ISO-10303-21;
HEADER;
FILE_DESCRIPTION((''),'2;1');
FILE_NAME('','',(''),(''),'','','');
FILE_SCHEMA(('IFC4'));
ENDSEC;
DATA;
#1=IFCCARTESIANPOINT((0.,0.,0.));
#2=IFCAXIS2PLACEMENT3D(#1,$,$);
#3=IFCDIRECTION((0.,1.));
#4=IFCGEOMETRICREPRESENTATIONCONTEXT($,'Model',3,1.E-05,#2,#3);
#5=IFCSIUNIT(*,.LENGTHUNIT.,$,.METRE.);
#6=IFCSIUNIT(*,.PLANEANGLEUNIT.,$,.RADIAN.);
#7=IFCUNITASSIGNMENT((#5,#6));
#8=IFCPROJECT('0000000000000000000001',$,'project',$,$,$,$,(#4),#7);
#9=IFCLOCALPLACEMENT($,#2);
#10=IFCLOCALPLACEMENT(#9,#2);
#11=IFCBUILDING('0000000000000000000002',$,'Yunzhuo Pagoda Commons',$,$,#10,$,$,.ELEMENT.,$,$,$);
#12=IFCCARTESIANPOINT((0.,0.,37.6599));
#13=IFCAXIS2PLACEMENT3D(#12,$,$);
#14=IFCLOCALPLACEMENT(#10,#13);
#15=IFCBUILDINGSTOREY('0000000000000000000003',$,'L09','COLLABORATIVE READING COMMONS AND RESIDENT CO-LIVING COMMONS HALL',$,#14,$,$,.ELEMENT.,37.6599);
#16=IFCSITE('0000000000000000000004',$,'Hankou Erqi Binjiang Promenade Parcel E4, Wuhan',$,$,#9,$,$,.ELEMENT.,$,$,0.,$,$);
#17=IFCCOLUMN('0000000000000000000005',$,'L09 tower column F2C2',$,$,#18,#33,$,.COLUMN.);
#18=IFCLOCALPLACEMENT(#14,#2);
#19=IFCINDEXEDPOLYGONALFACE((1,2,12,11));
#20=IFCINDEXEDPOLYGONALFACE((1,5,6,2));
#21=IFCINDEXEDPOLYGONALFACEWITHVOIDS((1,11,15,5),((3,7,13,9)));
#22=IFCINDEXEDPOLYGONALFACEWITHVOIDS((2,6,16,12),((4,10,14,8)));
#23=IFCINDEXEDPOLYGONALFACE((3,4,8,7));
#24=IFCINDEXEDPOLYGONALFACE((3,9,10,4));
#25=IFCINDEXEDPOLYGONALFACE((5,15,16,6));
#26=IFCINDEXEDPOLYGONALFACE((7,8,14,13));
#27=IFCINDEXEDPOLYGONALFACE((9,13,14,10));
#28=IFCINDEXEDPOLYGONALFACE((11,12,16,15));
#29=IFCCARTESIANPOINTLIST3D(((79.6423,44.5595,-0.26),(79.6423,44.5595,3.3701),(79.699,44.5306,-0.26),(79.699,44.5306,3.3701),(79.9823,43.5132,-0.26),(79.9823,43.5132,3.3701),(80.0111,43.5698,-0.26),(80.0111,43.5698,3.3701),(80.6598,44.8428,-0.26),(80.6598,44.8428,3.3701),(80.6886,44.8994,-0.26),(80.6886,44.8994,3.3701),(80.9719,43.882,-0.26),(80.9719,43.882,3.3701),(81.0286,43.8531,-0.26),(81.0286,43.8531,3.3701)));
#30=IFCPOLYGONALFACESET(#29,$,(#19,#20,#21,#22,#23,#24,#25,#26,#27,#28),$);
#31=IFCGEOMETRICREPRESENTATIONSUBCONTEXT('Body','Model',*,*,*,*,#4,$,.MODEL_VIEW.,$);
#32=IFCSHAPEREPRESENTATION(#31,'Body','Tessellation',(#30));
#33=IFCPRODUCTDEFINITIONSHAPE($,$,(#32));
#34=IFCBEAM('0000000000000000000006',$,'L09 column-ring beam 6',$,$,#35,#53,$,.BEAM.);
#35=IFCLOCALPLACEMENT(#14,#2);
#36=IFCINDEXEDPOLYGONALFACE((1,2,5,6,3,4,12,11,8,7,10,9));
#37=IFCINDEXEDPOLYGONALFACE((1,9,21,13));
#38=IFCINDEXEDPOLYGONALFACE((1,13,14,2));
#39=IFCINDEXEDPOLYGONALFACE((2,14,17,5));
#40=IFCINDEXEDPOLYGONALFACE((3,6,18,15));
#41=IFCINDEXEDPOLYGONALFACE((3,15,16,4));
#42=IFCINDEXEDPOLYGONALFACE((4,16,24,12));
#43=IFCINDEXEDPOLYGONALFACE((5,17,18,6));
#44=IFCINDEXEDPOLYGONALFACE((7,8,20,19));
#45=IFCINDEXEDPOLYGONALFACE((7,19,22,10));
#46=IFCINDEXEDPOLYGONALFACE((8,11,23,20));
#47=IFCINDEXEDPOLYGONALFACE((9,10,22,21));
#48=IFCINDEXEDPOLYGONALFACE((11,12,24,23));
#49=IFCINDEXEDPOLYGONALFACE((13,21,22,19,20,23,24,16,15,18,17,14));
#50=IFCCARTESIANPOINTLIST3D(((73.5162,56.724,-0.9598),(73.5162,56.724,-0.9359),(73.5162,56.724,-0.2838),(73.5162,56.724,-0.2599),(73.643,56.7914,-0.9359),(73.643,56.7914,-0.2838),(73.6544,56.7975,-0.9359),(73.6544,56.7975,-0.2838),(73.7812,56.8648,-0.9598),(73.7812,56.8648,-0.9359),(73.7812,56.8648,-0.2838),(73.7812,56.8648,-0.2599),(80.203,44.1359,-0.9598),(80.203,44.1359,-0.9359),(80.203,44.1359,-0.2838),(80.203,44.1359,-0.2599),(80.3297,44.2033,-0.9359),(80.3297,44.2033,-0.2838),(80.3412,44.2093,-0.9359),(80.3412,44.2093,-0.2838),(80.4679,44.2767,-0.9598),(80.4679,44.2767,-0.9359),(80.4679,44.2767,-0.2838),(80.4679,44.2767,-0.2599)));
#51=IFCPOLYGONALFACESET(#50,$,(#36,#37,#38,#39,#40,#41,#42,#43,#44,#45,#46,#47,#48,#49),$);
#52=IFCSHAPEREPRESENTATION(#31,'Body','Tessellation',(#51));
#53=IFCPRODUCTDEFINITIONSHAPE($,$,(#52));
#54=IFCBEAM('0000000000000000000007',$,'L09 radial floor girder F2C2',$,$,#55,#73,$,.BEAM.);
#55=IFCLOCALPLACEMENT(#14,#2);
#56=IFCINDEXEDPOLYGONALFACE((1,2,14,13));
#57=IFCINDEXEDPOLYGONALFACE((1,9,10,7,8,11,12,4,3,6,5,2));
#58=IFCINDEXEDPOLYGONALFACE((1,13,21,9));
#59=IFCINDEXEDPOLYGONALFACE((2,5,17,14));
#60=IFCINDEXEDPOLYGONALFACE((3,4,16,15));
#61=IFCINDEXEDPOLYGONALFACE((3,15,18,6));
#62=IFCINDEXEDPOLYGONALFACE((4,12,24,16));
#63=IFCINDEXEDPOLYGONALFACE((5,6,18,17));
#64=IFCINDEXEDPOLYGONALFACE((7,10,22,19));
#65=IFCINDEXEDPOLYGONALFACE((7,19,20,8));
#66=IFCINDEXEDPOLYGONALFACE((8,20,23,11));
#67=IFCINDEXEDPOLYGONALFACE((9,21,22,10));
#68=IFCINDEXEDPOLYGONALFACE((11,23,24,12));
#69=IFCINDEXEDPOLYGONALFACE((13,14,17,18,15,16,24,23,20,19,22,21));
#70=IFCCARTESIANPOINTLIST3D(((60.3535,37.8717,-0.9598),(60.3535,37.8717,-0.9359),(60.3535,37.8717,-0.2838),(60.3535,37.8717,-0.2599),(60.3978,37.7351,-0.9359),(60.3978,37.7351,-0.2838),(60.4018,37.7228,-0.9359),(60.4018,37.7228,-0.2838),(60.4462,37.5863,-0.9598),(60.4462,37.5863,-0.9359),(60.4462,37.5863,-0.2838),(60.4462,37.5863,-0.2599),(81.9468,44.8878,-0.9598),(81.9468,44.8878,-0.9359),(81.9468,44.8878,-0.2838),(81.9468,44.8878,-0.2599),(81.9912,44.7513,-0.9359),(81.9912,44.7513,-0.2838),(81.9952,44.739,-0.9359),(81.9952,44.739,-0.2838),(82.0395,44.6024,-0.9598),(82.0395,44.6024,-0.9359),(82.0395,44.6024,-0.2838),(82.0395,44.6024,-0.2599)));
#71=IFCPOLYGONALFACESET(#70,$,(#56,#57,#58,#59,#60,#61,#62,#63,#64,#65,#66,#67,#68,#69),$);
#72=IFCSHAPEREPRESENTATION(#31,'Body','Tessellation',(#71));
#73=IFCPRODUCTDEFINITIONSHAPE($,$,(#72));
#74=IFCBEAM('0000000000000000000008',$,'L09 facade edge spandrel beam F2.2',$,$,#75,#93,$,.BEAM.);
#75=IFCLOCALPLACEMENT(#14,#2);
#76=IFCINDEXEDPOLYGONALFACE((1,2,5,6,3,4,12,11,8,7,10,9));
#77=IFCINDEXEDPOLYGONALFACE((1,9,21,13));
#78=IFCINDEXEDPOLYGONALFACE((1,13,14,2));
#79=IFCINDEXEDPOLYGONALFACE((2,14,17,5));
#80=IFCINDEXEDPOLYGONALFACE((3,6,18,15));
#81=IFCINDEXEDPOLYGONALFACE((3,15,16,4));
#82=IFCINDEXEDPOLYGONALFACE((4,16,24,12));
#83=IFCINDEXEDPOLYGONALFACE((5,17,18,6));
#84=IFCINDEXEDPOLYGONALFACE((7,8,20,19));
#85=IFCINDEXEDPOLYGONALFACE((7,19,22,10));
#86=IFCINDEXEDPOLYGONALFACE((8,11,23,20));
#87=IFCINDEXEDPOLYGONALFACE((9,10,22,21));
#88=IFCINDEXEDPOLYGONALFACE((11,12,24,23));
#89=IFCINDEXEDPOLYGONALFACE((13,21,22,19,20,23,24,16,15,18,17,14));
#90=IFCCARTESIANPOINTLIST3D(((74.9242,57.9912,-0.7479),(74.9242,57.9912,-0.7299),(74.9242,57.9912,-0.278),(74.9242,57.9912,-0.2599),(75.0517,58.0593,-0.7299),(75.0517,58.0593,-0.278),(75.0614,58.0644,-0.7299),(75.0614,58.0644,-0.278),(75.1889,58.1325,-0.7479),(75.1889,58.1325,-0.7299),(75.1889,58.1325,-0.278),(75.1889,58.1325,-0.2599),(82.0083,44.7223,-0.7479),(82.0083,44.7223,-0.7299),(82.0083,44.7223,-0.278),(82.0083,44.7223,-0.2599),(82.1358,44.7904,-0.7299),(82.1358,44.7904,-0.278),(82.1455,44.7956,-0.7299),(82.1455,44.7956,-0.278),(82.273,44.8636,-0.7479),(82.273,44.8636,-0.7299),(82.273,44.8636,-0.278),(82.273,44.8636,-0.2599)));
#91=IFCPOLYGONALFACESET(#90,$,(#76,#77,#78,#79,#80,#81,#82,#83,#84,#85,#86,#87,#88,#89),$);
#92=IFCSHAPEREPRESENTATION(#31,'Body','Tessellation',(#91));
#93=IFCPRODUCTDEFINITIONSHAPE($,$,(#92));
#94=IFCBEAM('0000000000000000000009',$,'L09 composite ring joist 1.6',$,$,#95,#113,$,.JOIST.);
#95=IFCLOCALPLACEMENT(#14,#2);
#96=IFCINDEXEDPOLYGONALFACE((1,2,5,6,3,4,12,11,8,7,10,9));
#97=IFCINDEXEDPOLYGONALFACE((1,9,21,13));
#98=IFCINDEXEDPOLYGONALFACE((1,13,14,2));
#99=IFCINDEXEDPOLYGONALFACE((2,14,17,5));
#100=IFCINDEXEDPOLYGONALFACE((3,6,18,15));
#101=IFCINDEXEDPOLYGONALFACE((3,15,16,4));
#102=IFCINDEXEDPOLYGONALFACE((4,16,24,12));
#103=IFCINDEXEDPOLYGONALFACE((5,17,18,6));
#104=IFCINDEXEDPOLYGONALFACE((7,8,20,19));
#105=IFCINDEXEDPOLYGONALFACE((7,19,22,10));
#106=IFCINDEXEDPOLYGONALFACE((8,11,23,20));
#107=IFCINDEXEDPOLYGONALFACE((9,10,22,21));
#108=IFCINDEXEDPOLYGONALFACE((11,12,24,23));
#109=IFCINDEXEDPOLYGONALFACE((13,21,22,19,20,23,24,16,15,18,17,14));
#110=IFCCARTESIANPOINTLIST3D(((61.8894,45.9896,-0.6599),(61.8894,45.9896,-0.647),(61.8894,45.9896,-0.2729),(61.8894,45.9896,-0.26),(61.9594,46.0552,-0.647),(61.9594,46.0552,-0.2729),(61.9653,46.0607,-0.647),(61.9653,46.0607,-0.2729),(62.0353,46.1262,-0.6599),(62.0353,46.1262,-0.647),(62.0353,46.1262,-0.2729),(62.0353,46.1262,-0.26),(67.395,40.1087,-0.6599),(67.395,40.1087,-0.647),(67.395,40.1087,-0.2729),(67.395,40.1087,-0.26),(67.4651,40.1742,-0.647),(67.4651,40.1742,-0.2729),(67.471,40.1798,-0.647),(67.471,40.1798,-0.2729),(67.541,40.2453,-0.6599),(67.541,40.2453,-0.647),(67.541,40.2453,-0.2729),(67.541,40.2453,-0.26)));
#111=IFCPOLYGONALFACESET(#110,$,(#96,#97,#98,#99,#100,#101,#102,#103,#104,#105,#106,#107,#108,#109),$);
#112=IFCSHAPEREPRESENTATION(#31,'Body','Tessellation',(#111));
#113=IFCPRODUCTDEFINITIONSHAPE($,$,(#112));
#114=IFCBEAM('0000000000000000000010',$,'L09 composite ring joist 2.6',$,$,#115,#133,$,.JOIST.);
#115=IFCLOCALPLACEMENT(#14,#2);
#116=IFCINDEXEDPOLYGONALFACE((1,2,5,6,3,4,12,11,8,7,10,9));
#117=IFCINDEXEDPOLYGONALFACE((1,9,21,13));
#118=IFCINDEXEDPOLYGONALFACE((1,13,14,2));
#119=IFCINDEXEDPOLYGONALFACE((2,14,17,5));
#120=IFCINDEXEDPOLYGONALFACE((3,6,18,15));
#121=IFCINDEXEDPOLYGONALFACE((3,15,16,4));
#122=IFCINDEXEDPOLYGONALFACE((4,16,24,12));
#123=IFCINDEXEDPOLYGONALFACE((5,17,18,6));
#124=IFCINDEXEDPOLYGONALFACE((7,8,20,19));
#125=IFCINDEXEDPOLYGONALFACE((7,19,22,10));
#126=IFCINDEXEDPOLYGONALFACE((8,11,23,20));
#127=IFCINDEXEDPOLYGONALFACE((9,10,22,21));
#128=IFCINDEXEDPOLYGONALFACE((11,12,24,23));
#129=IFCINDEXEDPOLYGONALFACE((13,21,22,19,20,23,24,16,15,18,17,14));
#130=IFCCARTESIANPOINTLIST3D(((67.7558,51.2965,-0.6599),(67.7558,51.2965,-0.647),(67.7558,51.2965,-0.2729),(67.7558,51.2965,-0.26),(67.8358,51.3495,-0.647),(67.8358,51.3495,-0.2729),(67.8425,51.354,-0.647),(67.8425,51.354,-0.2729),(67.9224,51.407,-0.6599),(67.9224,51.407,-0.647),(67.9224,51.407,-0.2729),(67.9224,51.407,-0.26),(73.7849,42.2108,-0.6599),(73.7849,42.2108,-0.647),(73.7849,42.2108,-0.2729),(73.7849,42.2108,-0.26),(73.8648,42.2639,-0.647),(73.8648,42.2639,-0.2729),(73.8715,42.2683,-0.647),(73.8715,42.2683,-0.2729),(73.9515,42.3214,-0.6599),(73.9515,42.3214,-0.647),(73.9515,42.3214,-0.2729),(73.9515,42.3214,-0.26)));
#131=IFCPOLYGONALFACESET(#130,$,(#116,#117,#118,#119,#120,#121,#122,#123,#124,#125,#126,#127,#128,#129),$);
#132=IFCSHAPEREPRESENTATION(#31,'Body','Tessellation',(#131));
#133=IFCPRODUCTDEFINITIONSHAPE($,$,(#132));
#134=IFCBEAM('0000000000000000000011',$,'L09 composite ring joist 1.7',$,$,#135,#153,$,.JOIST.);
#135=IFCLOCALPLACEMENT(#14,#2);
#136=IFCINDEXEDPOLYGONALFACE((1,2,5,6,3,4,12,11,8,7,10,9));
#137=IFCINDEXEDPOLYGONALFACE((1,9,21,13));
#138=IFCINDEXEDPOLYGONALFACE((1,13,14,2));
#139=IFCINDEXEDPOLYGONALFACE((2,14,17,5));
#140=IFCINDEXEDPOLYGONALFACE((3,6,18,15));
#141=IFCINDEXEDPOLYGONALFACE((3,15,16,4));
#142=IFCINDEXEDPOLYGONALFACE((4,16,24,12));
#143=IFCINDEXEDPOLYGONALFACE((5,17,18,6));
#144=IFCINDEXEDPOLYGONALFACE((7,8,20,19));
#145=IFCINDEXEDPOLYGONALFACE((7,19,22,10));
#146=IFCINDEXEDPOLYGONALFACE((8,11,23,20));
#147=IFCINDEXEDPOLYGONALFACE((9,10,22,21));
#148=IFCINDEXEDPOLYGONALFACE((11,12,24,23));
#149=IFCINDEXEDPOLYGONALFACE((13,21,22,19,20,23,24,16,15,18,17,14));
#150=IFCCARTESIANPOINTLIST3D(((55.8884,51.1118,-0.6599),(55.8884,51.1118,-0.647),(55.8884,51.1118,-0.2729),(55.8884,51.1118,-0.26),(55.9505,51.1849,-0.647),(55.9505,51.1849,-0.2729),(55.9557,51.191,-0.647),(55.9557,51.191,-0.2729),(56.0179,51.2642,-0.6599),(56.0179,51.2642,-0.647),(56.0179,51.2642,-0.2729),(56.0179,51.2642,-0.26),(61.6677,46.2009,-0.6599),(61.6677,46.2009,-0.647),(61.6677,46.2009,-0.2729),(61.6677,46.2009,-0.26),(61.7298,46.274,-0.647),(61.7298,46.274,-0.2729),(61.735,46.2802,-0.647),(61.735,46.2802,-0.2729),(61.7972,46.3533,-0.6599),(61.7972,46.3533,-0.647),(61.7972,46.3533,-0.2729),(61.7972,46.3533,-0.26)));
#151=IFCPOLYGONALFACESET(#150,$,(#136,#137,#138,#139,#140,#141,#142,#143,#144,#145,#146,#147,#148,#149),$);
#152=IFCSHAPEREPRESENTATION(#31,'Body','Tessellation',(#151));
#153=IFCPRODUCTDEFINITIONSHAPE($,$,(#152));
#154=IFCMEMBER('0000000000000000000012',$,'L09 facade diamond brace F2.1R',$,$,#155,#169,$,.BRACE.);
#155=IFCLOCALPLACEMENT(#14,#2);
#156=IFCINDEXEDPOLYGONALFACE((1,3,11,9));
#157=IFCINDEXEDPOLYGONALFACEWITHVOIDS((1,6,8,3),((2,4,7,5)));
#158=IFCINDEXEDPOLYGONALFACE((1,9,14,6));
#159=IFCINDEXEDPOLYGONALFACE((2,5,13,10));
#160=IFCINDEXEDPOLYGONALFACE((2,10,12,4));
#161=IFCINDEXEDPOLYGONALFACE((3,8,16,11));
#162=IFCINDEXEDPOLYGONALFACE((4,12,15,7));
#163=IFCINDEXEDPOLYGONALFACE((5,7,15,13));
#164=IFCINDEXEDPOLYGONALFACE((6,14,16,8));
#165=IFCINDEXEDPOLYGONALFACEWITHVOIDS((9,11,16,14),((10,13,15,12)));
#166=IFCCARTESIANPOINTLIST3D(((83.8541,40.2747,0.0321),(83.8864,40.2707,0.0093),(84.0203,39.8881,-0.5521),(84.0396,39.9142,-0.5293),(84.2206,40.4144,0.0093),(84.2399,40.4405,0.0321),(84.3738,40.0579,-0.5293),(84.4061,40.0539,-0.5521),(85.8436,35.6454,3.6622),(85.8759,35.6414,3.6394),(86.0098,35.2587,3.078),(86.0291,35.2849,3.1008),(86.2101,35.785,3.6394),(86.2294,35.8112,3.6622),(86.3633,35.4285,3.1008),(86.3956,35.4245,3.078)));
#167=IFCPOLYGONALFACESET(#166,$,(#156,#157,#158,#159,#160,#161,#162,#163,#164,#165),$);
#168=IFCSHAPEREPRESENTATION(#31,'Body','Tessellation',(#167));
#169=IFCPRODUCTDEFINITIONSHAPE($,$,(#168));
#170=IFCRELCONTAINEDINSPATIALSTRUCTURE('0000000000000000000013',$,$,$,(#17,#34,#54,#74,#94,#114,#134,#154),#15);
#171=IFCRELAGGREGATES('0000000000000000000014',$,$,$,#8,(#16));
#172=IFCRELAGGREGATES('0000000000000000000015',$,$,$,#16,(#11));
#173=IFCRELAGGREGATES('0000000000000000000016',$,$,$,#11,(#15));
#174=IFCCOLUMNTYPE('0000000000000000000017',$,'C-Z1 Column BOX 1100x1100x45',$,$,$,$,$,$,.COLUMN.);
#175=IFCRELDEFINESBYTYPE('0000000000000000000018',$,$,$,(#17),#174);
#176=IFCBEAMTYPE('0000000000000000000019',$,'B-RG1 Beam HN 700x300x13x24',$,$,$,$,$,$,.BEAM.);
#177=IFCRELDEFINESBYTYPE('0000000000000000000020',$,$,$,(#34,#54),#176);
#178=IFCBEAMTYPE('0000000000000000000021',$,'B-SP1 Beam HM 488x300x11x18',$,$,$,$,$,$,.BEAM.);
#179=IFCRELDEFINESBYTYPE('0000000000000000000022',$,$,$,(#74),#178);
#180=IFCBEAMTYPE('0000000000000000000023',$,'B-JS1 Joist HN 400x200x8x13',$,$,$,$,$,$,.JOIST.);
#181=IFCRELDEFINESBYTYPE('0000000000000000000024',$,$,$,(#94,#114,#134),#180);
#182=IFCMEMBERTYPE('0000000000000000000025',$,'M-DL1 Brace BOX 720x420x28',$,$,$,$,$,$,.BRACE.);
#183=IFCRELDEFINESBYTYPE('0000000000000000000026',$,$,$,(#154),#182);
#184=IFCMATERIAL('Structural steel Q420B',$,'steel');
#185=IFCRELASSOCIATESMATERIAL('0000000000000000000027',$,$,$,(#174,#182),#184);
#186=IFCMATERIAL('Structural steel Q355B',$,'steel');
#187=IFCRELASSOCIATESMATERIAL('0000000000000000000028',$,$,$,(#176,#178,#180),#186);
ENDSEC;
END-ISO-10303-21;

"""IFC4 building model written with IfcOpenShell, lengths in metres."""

from ifc_helpers import new_model, si_unit, direction, frame, origin, origin_2d, place, context, subcontext, project, spatial, hollow_rectangle, i_section, extrude, source, transform, mapped, material, material_profile, profile_set, type_object, element, save


model = new_model("IFC4")

# Units and contexts
model_context = context("Model", 3, precision=1e-05, world=origin(), true_north=direction((0.0, 1.0)))
body_context = subcontext(model_context, "Body", "Model", "MODEL_VIEW")
ifc_project = project(units=[si_unit("LENGTHUNIT", "METRE"), si_unit("PLANEANGLEUNIT", "RADIAN")], contexts=[model_context])

# Site, building, storey
site_placement = place(None, origin())
site = spatial("IfcSite", under=ifc_project, at=site_placement, Name="Hankou Erqi Binjiang Promenade Parcel E4, Wuhan", CompositionType="ELEMENT", RefElevation=0.0)
building_placement = place(site_placement, origin())
building = spatial("IfcBuilding", under=site, at=building_placement, Name="Yunzhuo Pagoda Commons", CompositionType="ELEMENT")
storey_placement = place(building_placement, frame((0.0, 0.0, 37.6599)))
storey = spatial("IfcBuildingStorey", under=building, at=storey_placement, Name="L09", Description="COLLABORATIVE READING COMMONS AND RESIDENT CO-LIVING COMMONS HALL", CompositionType="ELEMENT", Elevation=37.6599)

# Column
ifc_material_1 = material(Name="Structural steel Q420B", Category="steel")
ifc_material_profile_1 = material_profile(ifc_material_1, hollow_rectangle(XDim=1.1001, YDim=1.1001, WallThickness=0.0449, at=origin_2d()), Name="Structural steel Q420B")
ifc_profile_set_1 = profile_set([ifc_material_profile_1], Name="Structural steel Q420B")
column_type = type_object("IfcColumnType", Name="C-Z1 Column BOX 1100x1100x45", PredefinedType="COLUMN", material=ifc_profile_set_1)
shared_shape_1 = source(origin(), body_context, "Body", "SweptSolid", [
    extrude(hollow_rectangle(XDim=1.1001, YDim=1.1001, WallThickness=0.0449, at=origin_2d()), origin(), (0.0, 0.0, 1.0), 3.6301),
])
column_placement = place(storey_placement, frame((80.3354, 44.2063, -0.26), z_axis=(0.0, 0.0, 1.0), x_axis=(-0.309017, 0.951057, 0.0)))
element("IfcColumn", 1, at=column_placement, inside=storey, type_object=column_type, Name="L09 tower column F2C2", PredefinedType="COLUMN", context=body_context, shape_type="MappedRepresentation", body=[
    mapped(shared_shape_1, transform((0.0, 0.0, 0.0), scale=1.0)),
])

# Beams
ifc_material_2 = material(Name="Structural steel Q355B", Category="steel")
ifc_material_profile_2 = material_profile(ifc_material_2, i_section(OverallWidth=0.3, OverallDepth=0.7, WebThickness=0.0129, FlangeThickness=0.0239, at=origin_2d()), Name="Structural steel Q355B")
ifc_profile_set_2 = profile_set([ifc_material_profile_2], Name="Structural steel Q355B")
beam_type_1 = type_object("IfcBeamType", Name="B-RG1 Beam HN 700x300x13x24", PredefinedType="BEAM", material=ifc_profile_set_2)
shared_shape_2 = source(origin(), body_context, "Body", "SweptSolid", [
    extrude(i_section(OverallWidth=0.3, OverallDepth=0.7, WebThickness=0.0129, FlangeThickness=0.0239, at=origin_2d()), origin(), (0.0, 0.0, 1.0), 14.2539),
])
beam_1_placement = place(storey_placement, frame((80.3354, 44.2063, -0.6099), z_axis=(-0.469118, 0.883135, 0.0), x_axis=(-0.883135, -0.469118, 0.0)))
element("IfcBeam", 2, at=beam_1_placement, inside=storey, type_object=beam_type_1, Name="L09 column-ring beam 6", PredefinedType="BEAM", context=body_context, shape_type="MappedRepresentation", body=[
    mapped(shared_shape_2, transform((0.0, 0.0, 0.0), scale=1.0)),
])
shared_shape_3 = source(origin(), body_context, "Body", "SweptSolid", [
    extrude(i_section(OverallWidth=0.3, OverallDepth=0.7, WebThickness=0.0129, FlangeThickness=0.0239, at=origin_2d()), origin(), (0.0, 0.0, 1.0), 22.7046),
])
beam_2_placement = place(storey_placement, frame((81.9932, 44.7451, -0.6099), z_axis=(-0.951056, -0.309018, 0.0), x_axis=(0.309018, -0.951056, 0.0)))
element("IfcBeam", 3, at=beam_2_placement, inside=storey, type_object=beam_type_1, Name="L09 radial floor girder F2C2", PredefinedType="BEAM", context=body_context, shape_type="MappedRepresentation", body=[
    mapped(shared_shape_3, transform((0.0, 0.0, 0.0), scale=1.0)),
])
ifc_material_profile_3 = material_profile(ifc_material_2, i_section(OverallWidth=0.3, OverallDepth=0.488, WebThickness=0.011, FlangeThickness=0.0181, at=origin_2d()), Name="Structural steel Q355B")
ifc_profile_set_3 = profile_set([ifc_material_profile_3], Name="Structural steel Q355B")
beam_type_2 = type_object("IfcBeamType", Name="B-SP1 Beam HM 488x300x11x18", PredefinedType="BEAM", material=ifc_profile_set_3)
shared_shape_4 = source(origin(), body_context, "Body", "SweptSolid", [
    extrude(i_section(OverallWidth=0.3, OverallDepth=0.488, WebThickness=0.011, FlangeThickness=0.0181, at=origin_2d()), origin(), (0.0, 0.0, 1.0), 15.0415),
])
beam_3_placement = place(storey_placement, frame((82.1406, 44.793, -0.5039), z_axis=(-0.470966, 0.882152, 0.0), x_axis=(-0.882152, -0.470966, 0.0)))
element("IfcBeam", 4, at=beam_3_placement, inside=storey, type_object=beam_type_2, Name="L09 facade edge spandrel beam F2.2", PredefinedType="BEAM", context=body_context, shape_type="MappedRepresentation", body=[
    mapped(shared_shape_4, transform((0.0, 0.0, 0.0), scale=1.0)),
])
ifc_material_profile_4 = material_profile(ifc_material_2, i_section(OverallWidth=0.2, OverallDepth=0.3999, WebThickness=0.0081, FlangeThickness=0.0129, at=origin_2d()), Name="Structural steel Q355B")
ifc_profile_set_4 = profile_set([ifc_material_profile_4], Name="Structural steel Q355B")
beam_type_3 = type_object("IfcBeamType", Name="B-JS1 Joist HN 400x200x8x13", PredefinedType="JOIST", material=ifc_profile_set_4)
shared_shape_5 = source(origin(), body_context, "Body", "SweptSolid", [
    extrude(i_section(OverallWidth=0.2, OverallDepth=0.3999, WebThickness=0.0081, FlangeThickness=0.0129, at=origin_2d()), origin(), (0.0, 0.0, 1.0), 8.0559),
])
beam_4_placement = place(storey_placement, frame((67.468, 40.177, -0.46), z_axis=(-0.683433, 0.730013, 0.0), x_axis=(-0.730013, -0.683433, 0.0)))
element("IfcBeam", 5, at=beam_4_placement, inside=storey, type_object=beam_type_3, Name="L09 composite ring joist 1.6", PredefinedType="JOIST", context=body_context, shape_type="MappedRepresentation", body=[
    mapped(shared_shape_5, transform((0.0, 0.0, 0.0), scale=1.0)),
])
shared_shape_6 = source(origin(), body_context, "Body", "SweptSolid", [
    extrude(i_section(OverallWidth=0.2, OverallDepth=0.3999, WebThickness=0.0081, FlangeThickness=0.0129, at=origin_2d()), origin(), (0.0, 0.0, 1.0), 10.9041),
])
beam_5_placement = place(storey_placement, frame((73.8682, 42.2661, -0.46), z_axis=(-0.552916, 0.833237, 0.0), x_axis=(-0.833237, -0.552916, 0.0)))
element("IfcBeam", 6, at=beam_5_placement, inside=storey, type_object=beam_type_3, Name="L09 composite ring joist 2.6", PredefinedType="JOIST", context=body_context, shape_type="MappedRepresentation", body=[
    mapped(shared_shape_6, transform((0.0, 0.0, 0.0), scale=1.0)),
])
shared_shape_7 = source(origin(), body_context, "Body", "SweptSolid", [
    extrude(i_section(OverallWidth=0.2, OverallDepth=0.3999, WebThickness=0.0081, FlangeThickness=0.0129, at=origin_2d()), origin(), (0.0, 0.0, 1.0), 7.584),
])
beam_6_placement = place(storey_placement, frame((61.7324, 46.2771, -0.46), z_axis=(-0.762038, 0.647533, 0.0), x_axis=(-0.647533, -0.762038, 0.0)))
element("IfcBeam", 7, at=beam_6_placement, inside=storey, type_object=beam_type_3, Name="L09 composite ring joist 1.7", PredefinedType="JOIST", context=body_context, shape_type="MappedRepresentation", body=[
    mapped(shared_shape_7, transform((0.0, 0.0, 0.0), scale=1.0)),
])

# Member
ifc_material_profile_5 = material_profile(ifc_material_1, hollow_rectangle(XDim=0.4199, YDim=0.72, WallThickness=0.0281, at=origin_2d()), Name="Structural steel Q420B")
ifc_profile_set_5 = profile_set([ifc_material_profile_5], Name="Structural steel Q420B")
member_type_1 = type_object("IfcMemberType", Name="M-DL1 Brace BOX 720x420x28", PredefinedType="BRACE", material=ifc_profile_set_5)
shared_shape_8 = source(origin(), body_context, "Body", "SweptSolid", [
    extrude(hollow_rectangle(XDim=0.4199, YDim=0.72, WallThickness=0.0281, at=origin_2d()), origin(), (0.0, 0.0, 1.0), 6.2102),
])
member_1_placement = place(storey_placement, frame((84.1301, 40.1643, -0.26), z_axis=(0.320358, -0.745444, 0.584538), x_axis=(0.918751, 0.394837, 0.0)))
element("IfcMember", 8, at=member_1_placement, inside=storey, type_object=member_type_1, Name="L09 facade diamond brace F2.1R", PredefinedType="BRACE", context=body_context, shape_type="MappedRepresentation", body=[
    mapped(shared_shape_8, transform((0.0, 0.0, 0.0), scale=1.0)),
])

save(model, "model.ifc")
